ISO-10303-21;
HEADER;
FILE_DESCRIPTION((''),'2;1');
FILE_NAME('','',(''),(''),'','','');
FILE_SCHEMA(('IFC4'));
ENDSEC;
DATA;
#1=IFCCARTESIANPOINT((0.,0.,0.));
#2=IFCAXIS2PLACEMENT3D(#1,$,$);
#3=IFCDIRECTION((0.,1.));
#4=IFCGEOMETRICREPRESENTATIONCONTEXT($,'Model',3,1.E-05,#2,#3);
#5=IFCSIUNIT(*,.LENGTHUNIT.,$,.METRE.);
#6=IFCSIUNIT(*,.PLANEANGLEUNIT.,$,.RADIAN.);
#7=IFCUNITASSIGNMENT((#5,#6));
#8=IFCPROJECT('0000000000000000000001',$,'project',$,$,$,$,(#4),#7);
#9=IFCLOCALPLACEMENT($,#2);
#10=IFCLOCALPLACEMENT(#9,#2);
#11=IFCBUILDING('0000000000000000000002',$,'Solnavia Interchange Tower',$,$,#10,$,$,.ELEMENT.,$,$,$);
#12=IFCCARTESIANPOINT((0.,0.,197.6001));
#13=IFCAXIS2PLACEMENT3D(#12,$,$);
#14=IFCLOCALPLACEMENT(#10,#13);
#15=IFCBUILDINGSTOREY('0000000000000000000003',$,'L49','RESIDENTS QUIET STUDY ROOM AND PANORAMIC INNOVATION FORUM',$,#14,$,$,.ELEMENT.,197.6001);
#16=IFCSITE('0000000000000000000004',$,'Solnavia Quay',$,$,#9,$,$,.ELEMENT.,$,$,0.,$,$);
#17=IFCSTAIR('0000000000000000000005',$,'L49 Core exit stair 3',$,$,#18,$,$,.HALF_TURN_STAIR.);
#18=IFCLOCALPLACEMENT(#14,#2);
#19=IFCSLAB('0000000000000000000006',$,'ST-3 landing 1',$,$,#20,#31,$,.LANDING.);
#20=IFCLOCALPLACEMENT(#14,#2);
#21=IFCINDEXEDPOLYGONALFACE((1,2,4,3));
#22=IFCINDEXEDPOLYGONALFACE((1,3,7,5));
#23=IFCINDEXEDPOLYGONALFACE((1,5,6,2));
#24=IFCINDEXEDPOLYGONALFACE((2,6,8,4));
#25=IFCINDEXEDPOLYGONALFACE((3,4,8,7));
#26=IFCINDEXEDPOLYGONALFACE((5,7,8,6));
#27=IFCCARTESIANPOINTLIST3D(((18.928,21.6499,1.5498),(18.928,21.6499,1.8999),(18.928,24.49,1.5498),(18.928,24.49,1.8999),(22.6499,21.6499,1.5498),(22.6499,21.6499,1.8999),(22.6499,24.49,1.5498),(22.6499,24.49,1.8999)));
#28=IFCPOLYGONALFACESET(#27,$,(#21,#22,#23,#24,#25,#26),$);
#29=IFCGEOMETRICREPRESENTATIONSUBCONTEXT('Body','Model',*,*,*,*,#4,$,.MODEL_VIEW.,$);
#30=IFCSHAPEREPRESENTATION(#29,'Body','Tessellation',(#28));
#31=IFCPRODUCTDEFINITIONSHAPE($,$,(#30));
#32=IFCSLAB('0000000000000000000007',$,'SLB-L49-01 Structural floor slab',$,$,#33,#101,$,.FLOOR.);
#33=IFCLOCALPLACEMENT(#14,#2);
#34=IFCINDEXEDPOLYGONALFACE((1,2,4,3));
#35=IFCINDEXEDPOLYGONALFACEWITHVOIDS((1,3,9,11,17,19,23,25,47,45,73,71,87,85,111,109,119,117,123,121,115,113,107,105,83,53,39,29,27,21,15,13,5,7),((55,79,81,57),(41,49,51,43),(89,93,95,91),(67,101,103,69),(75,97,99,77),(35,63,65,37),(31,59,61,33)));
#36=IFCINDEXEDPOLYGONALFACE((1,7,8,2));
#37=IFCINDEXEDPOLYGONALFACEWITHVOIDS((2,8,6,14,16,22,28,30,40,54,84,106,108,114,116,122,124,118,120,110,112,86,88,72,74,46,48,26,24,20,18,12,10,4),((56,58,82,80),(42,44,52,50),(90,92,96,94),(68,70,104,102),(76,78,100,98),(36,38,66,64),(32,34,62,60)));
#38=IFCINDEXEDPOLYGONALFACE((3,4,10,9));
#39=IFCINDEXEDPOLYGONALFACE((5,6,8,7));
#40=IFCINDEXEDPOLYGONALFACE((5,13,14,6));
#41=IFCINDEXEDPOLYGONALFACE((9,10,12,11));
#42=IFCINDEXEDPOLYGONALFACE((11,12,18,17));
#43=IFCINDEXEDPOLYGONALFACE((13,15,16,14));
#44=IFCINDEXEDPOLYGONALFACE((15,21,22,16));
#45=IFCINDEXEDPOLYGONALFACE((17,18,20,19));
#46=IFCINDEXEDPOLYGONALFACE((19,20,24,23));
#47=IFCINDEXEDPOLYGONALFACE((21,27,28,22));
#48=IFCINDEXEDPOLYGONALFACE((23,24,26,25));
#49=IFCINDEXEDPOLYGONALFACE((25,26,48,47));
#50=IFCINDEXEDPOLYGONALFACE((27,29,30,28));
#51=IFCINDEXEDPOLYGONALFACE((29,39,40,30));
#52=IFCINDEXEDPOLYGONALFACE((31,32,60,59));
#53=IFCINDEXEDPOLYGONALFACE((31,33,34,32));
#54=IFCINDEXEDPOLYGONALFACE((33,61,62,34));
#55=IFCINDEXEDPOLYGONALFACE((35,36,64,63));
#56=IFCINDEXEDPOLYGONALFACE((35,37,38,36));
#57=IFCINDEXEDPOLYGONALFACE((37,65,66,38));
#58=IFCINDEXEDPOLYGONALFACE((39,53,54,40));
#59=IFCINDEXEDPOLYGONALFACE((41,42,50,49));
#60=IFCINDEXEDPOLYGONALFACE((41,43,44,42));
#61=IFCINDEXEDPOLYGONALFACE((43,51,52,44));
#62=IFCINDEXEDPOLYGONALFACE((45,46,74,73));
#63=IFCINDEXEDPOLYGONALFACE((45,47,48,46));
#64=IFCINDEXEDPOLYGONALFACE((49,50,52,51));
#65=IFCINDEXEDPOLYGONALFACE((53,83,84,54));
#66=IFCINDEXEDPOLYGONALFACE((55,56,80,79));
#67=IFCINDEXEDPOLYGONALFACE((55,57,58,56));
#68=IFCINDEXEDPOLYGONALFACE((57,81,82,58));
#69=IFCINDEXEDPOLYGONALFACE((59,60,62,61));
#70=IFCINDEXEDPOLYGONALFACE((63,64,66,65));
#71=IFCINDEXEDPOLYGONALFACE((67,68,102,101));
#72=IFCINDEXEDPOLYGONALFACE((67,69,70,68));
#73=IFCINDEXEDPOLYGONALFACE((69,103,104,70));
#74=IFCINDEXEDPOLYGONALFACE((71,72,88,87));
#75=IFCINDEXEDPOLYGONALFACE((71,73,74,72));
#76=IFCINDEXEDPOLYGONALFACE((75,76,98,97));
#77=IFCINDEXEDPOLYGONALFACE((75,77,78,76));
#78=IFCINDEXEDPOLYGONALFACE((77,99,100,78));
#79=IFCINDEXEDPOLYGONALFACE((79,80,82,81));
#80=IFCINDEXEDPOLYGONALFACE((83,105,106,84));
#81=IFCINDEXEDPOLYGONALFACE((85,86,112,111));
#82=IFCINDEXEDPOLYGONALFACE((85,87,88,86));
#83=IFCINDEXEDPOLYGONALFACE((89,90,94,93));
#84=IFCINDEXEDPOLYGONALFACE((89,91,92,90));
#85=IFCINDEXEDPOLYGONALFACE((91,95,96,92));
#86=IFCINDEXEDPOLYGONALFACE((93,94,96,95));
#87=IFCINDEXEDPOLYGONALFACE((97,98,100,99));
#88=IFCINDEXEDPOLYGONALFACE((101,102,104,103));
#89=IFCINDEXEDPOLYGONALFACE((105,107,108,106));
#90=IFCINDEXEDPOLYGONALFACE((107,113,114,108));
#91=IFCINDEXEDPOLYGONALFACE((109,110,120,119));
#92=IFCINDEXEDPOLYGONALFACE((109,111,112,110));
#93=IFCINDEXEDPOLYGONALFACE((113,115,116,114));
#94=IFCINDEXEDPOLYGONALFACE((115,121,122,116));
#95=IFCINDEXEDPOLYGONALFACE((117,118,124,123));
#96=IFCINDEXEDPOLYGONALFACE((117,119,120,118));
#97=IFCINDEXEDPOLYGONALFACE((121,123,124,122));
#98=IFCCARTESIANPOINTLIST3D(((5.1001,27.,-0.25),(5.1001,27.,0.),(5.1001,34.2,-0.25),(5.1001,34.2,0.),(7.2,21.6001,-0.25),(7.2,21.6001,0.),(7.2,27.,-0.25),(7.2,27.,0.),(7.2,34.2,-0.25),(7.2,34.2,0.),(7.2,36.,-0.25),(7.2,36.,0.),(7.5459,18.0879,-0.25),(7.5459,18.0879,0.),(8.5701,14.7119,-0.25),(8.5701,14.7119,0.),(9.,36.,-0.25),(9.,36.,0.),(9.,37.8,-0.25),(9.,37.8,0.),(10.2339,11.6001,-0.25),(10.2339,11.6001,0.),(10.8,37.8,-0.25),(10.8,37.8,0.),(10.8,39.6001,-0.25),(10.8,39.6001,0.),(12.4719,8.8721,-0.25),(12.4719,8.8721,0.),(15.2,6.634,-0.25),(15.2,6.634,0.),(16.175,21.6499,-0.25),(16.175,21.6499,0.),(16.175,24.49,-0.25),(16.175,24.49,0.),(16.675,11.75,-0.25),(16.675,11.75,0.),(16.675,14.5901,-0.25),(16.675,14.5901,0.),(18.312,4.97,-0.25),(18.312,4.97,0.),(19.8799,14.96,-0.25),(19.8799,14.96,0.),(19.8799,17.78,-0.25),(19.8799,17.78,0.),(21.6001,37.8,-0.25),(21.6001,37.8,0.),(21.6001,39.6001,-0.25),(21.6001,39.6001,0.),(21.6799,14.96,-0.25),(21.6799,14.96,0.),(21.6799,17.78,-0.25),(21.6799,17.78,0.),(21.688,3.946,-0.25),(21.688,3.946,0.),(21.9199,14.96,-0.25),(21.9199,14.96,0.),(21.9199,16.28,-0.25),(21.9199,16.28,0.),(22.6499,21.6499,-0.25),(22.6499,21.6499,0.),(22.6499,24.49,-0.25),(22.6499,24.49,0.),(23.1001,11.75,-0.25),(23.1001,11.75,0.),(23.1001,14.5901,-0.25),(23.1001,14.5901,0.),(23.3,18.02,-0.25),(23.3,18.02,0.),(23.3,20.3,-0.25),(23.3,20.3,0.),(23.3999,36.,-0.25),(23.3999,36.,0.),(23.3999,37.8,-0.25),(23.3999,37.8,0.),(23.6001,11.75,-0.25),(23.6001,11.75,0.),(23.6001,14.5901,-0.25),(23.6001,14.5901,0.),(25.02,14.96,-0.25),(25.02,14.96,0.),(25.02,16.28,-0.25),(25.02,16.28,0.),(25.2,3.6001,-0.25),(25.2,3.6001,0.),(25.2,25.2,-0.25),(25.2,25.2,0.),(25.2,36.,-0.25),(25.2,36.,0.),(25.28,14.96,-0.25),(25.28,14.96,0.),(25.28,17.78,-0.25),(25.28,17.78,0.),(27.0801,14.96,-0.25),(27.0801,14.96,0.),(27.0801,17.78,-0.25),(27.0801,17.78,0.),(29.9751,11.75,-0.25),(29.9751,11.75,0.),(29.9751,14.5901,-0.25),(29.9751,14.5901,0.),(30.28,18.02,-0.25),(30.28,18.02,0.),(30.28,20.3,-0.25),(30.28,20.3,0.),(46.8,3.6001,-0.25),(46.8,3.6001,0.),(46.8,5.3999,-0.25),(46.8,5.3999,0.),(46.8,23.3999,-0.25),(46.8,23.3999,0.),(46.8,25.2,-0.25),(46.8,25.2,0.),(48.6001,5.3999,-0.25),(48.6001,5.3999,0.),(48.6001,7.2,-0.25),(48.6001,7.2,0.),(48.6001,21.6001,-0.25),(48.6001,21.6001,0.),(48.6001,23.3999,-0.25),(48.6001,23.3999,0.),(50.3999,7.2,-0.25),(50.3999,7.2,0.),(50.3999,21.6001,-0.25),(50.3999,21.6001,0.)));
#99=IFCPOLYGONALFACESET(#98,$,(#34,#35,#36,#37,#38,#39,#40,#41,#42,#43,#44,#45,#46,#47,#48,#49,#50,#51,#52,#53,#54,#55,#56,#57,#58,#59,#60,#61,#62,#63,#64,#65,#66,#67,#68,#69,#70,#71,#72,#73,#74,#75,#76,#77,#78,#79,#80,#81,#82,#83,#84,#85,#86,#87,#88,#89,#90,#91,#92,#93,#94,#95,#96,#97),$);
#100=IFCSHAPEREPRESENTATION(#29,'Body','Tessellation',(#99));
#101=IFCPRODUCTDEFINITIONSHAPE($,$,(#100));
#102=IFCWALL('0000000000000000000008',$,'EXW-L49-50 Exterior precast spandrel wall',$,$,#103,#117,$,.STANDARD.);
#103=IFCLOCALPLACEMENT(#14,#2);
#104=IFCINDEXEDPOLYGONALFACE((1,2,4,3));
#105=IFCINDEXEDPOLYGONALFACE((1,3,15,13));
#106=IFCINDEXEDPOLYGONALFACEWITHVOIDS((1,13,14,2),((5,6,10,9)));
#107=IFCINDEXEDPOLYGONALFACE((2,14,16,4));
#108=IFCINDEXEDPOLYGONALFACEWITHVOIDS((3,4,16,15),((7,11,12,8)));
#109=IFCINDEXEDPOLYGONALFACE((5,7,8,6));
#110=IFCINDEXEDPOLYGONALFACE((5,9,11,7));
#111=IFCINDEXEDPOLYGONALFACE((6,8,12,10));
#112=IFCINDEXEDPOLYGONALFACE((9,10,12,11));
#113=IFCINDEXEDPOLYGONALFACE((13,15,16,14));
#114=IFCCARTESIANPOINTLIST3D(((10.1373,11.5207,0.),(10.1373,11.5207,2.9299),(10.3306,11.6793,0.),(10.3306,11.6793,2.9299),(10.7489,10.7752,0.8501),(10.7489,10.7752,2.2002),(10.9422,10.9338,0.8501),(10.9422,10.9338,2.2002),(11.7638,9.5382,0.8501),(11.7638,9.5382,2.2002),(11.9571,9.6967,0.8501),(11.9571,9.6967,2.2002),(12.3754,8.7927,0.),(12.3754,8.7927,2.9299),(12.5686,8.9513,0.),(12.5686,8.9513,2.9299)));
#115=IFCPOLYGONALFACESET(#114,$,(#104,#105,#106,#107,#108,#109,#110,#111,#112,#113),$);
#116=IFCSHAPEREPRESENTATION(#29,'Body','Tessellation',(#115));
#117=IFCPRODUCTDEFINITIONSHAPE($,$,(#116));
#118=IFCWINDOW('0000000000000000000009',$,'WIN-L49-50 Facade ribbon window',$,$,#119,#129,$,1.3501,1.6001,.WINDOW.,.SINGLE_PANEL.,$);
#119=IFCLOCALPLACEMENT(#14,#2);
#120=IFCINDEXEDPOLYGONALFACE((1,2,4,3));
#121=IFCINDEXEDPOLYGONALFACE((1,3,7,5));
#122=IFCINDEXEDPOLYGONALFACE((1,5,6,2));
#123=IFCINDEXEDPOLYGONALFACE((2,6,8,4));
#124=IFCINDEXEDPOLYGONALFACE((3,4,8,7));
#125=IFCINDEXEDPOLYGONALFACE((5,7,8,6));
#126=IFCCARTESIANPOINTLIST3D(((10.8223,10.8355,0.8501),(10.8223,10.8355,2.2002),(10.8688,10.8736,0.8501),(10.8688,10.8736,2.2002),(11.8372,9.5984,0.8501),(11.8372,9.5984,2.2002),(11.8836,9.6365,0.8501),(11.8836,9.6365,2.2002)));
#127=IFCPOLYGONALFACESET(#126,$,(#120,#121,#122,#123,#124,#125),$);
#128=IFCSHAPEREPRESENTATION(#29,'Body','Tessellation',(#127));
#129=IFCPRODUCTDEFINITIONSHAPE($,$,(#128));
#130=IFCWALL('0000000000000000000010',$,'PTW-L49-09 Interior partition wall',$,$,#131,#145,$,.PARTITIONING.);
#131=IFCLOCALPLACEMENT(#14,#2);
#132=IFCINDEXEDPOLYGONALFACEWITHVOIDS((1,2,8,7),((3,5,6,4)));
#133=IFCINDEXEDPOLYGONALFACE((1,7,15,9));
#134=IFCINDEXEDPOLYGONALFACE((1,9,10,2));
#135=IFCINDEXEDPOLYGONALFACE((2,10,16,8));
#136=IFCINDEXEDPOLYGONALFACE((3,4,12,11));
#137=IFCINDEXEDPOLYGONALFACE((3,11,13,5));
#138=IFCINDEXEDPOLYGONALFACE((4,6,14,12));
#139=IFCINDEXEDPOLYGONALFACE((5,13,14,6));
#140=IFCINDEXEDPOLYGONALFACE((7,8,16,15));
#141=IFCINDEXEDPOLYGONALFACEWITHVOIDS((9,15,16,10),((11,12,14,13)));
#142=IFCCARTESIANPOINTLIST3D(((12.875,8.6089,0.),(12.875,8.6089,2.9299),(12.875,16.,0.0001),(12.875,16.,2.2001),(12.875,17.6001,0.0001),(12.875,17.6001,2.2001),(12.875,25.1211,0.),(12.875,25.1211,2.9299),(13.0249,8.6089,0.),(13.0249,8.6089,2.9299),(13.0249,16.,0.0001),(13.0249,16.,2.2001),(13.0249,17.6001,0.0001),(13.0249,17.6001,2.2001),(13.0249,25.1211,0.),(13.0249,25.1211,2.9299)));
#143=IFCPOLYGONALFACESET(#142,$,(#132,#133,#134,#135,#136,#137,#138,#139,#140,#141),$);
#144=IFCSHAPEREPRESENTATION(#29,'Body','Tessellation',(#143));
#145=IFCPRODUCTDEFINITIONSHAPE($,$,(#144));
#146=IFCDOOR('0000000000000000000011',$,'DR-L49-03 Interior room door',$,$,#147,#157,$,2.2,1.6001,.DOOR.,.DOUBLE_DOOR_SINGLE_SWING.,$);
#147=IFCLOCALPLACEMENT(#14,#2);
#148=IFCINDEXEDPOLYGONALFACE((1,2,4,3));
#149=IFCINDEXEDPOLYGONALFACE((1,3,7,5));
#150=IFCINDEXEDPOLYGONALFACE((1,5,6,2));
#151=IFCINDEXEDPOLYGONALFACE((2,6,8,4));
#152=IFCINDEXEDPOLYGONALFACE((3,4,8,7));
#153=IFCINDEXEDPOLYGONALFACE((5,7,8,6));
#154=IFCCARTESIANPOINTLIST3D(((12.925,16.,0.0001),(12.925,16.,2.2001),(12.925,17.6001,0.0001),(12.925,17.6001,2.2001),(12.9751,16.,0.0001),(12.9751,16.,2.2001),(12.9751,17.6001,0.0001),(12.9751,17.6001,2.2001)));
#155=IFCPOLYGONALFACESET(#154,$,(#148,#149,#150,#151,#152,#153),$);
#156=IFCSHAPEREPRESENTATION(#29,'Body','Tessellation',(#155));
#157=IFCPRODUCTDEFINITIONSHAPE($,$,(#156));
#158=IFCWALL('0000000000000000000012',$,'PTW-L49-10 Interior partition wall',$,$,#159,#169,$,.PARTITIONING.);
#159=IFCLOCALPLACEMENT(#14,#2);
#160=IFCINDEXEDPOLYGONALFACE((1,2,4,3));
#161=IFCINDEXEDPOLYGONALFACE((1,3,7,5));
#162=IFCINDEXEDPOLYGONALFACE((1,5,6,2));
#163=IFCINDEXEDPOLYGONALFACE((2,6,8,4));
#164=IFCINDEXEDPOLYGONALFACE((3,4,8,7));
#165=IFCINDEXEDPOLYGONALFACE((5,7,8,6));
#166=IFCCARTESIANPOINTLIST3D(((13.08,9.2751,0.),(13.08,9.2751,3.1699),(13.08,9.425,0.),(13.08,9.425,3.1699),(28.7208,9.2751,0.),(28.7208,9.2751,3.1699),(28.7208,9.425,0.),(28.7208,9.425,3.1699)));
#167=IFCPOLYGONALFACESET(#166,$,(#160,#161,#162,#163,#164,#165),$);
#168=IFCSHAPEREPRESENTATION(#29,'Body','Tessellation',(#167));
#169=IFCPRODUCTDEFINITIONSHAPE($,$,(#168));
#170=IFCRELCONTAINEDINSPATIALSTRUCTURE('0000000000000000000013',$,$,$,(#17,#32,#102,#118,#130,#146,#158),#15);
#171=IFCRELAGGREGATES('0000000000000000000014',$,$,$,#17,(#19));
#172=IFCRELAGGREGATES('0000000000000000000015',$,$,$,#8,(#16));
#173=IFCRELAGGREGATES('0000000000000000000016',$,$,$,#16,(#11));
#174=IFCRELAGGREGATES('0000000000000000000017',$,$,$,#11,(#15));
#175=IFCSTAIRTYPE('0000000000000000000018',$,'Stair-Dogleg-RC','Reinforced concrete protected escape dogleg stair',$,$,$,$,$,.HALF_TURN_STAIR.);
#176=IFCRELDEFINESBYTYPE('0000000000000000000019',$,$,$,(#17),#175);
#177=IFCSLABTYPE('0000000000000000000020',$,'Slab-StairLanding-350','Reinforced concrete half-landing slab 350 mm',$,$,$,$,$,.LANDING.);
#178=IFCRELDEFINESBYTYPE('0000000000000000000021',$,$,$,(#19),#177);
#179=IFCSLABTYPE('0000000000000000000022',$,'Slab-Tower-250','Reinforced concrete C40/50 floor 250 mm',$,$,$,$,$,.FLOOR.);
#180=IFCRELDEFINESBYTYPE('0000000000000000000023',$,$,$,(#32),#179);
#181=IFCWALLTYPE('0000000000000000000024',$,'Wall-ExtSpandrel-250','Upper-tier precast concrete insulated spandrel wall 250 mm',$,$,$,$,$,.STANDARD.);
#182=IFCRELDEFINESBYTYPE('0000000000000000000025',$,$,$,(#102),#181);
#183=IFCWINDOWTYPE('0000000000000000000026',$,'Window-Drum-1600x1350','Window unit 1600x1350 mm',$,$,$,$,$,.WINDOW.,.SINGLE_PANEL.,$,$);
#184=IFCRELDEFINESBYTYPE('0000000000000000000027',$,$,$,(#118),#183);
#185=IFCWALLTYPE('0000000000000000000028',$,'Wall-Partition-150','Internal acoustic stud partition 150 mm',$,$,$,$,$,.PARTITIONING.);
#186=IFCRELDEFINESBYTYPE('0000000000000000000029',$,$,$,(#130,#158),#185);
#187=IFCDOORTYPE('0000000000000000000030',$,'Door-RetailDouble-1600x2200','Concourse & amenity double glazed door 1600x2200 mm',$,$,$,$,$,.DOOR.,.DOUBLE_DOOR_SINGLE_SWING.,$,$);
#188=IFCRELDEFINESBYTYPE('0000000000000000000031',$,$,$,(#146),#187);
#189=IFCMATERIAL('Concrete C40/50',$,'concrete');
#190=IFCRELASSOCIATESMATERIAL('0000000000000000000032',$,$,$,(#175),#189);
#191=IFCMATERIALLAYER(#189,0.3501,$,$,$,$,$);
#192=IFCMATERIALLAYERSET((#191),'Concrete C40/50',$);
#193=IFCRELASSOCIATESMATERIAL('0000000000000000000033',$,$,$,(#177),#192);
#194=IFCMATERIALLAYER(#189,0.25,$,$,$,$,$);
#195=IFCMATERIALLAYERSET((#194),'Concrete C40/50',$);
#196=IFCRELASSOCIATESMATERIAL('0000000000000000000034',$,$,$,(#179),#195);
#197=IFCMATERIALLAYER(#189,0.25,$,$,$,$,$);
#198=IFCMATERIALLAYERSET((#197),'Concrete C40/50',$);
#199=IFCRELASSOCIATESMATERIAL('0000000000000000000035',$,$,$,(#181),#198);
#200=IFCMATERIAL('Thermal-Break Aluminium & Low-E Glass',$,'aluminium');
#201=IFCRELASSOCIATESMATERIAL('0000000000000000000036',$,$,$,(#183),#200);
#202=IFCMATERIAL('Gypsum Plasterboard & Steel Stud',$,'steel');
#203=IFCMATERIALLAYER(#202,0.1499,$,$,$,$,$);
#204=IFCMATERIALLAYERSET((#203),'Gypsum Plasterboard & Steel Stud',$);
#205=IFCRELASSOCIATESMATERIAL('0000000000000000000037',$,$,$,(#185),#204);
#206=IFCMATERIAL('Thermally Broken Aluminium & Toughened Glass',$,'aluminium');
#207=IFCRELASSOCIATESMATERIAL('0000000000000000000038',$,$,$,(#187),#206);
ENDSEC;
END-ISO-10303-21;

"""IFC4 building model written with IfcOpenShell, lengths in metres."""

from ifc_helpers import new_model, si_unit, direction, frame, frame_2d, origin, place, context, subcontext, project, spatial, polyline, rectangle, outline, extrude, material, layer, layer_set, type_object, element, fill, aggregate, save


model = new_model("IFC4")

# Units and contexts
model_context = context("Model", 3, precision=1e-05, world=origin(), true_north=direction((0.0, 1.0)))
body_context = subcontext(model_context, "Body", "Model", "MODEL_VIEW")
ifc_project = project(units=[si_unit("LENGTHUNIT", "METRE"), si_unit("PLANEANGLEUNIT", "RADIAN")], contexts=[model_context])

# Site, building, storey
site_placement = place(None, origin())
site = spatial("IfcSite", under=ifc_project, at=site_placement, Name="Solnavia Quay", CompositionType="ELEMENT", RefElevation=0.0)
building_placement = place(site_placement, origin())
building = spatial("IfcBuilding", under=site, at=building_placement, Name="Solnavia Interchange Tower", CompositionType="ELEMENT")
storey_placement = place(building_placement, frame((0.0, 0.0, 197.6001)))
storey = spatial("IfcBuildingStorey", under=building, at=storey_placement, Name="L49", Description="RESIDENTS QUIET STUDY ROOM AND PANORAMIC INNOVATION FORUM", CompositionType="ELEMENT", Elevation=197.6001)

# Stair, slab
ifc_material_1 = material(Name="Concrete C40/50", Category="concrete")
stair_type = type_object("IfcStairType", Name="Stair-Dogleg-RC", Description="Reinforced concrete protected escape dogleg stair", PredefinedType="HALF_TURN_STAIR", material=ifc_material_1)
ifc_layer_1 = layer(ifc_material_1, 0.3501)
ifc_layer_set_1 = layer_set([ifc_layer_1], Name="Concrete C40/50")
slab_type_1 = type_object("IfcSlabType", Name="Slab-StairLanding-350", Description="Reinforced concrete half-landing slab 350 mm", PredefinedType="LANDING", material=ifc_layer_set_1)
stair_1_placement = place(storey_placement, origin())
stair_1 = element("IfcStair", 1, at=stair_1_placement, inside=storey, type_object=stair_type, Name="L49 Core exit stair 3", PredefinedType="HALF_TURN_STAIR")
slab_1_placement = place(storey_placement, frame((0.0, 0.0, 1.5498)))
slab_1 = element("IfcSlab", 2, at=slab_1_placement, type_object=slab_type_1, Name="ST-3 landing 1", PredefinedType="LANDING", context=body_context, shape_type="SweptSolid", body=[
    extrude(outline(polyline([(18.928, 21.6499), (22.6499, 21.6499), (22.6499, 24.49), (18.928, 24.49), (18.928, 21.6499)])), origin(), (0.0, 0.0, 1.0), 0.3501),
])
aggregate(stair_1, [slab_1])

# Slab
ifc_layer_2 = layer(ifc_material_1, 0.25)
ifc_layer_set_2 = layer_set([ifc_layer_2], Name="Concrete C40/50")
slab_type_2 = type_object("IfcSlabType", Name="Slab-Tower-250", Description="Reinforced concrete C40/50 floor 250 mm", PredefinedType="FLOOR", material=ifc_layer_set_2)
slab_2_placement = place(storey_placement, frame((0.0, 0.0, -0.25)))
element("IfcSlab", 3, at=slab_2_placement, inside=storey, type_object=slab_type_2, Name="SLB-L49-01 Structural floor slab", PredefinedType="FLOOR", context=body_context, shape_type="SweptSolid", body=[
    extrude(outline(polyline([(25.2, 3.6001), (46.8, 3.6001), (46.8, 5.3999), (48.6001, 5.3999), (48.6001, 7.2), (50.3999, 7.2), (50.3999, 21.6001), (48.6001, 21.6001), (48.6001, 23.3999), (46.8, 23.3999), (46.8, 25.2), (25.2, 25.2), (25.2, 36.0), (23.3999, 36.0), (23.3999, 37.8), (21.6001, 37.8), (21.6001, 39.6001), (10.8, 39.6001), (10.8, 37.8), (9.0, 37.8), (9.0, 36.0), (7.2, 36.0), (7.2, 34.2), (5.1001, 34.2), (5.1001, 27.0), (7.2, 27.0), (7.2, 21.6001), (7.5459, 18.0879), (8.5701, 14.7119), (10.2339, 11.6001), (12.4719, 8.8721), (15.2, 6.634), (18.312, 4.97), (21.688, 3.946), (25.2, 3.6001)]), holes=[polyline([(16.675, 11.75), (23.1001, 11.75), (23.1001, 14.5901), (16.675, 14.5901), (16.675, 11.75)]), polyline([(23.6001, 11.75), (29.9751, 11.75), (29.9751, 14.5901), (23.6001, 14.5901), (23.6001, 11.75)]), polyline([(16.175, 21.6499), (22.6499, 21.6499), (22.6499, 24.49), (16.175, 24.49), (16.175, 21.6499)]), polyline([(19.8799, 14.96), (21.6799, 14.96), (21.6799, 17.78), (19.8799, 17.78), (19.8799, 14.96)]), polyline([(25.28, 14.96), (27.0801, 14.96), (27.0801, 17.78), (25.28, 17.78), (25.28, 14.96)]), polyline([(21.9199, 14.96), (25.02, 14.96), (25.02, 16.28), (21.9199, 16.28), (21.9199, 14.96)]), polyline([(23.3, 18.02), (30.28, 18.02), (30.28, 20.3), (23.3, 20.3), (23.3, 18.02)])]), origin(), (0.0, 0.0, 1.0), 0.25),
])

# Wall, opening, window
ifc_layer_3 = layer(ifc_material_1, 0.25)
ifc_layer_set_3 = layer_set([ifc_layer_3], Name="Concrete C40/50")
wall_type_1 = type_object("IfcWallType", Name="Wall-ExtSpandrel-250", Description="Upper-tier precast concrete insulated spandrel wall 250 mm", PredefinedType="STANDARD", material=ifc_layer_set_3)
wall_1_placement = place(storey_placement, frame((12.4719, 8.8721, 0.0), z_axis=(0.0, 0.0, 1.0), x_axis=(-0.634258, 0.773121, 0.0)))
wall_1 = element("IfcWall", 4, at=wall_1_placement, inside=storey, type_object=wall_type_1, Name="EXW-L49-50 Exterior precast spandrel wall", PredefinedType="STANDARD", context=body_context, shape_type="SweptSolid", body=[
    extrude(rectangle(XDim=3.5286, YDim=0.25, at=frame_2d((1.7642, 0.0))), origin(), (0.0, 0.0, 1.0), 2.9299),
])
opening_1_placement = place(wall_1_placement, frame((0.9641, 0.0, 0.8501)))
opening_1 = element("IfcOpeningElement", 5, at=opening_1_placement, cuts=wall_1, PredefinedType="OPENING", context=body_context, shape_type="SweptSolid", body=[
    extrude(rectangle(XDim=1.6001, YDim=1.3501, at=frame_2d((0.8, 0.675))), frame((0.0, 0.135, 0.0), z_axis=(0.0, -1.0, 0.0), x_axis=(1.0, 0.0, 0.0)), (0.0, 0.0, 1.0), 0.27),
])
ifc_material_2 = material(Name="Thermal-Break Aluminium & Low-E Glass", Category="aluminium")
window_type = type_object("IfcWindowType", Name="Window-Drum-1600x1350", Description="Window unit 1600x1350 mm", PartitioningType="SINGLE_PANEL", PredefinedType="WINDOW", material=ifc_material_2)
window_placement = place(opening_1_placement, origin())
window = element("IfcWindow", 6, at=window_placement, inside=storey, type_object=window_type, Name="WIN-L49-50 Facade ribbon window", OverallHeight=1.3501, OverallWidth=1.6001, PartitioningType="SINGLE_PANEL", PredefinedType="WINDOW", context=body_context, shape_type="SweptSolid", body=[
    extrude(rectangle(XDim=1.6001, YDim=1.3501, at=frame_2d((0.8, 0.675))), frame((0.0, 0.03, 0.0), z_axis=(0.0, -1.0, 0.0), x_axis=(1.0, 0.0, 0.0)), (0.0, 0.0, 1.0), 0.0601),
])
fill(opening_1, window)

# Wall, opening, door
ifc_material_3 = material(Name="Gypsum Plasterboard & Steel Stud", Category="steel")
ifc_layer_4 = layer(ifc_material_3, 0.1499)
ifc_layer_set_4 = layer_set([ifc_layer_4], Name="Gypsum Plasterboard & Steel Stud")
wall_type_2 = type_object("IfcWallType", Name="Wall-Partition-150", Description="Internal acoustic stud partition 150 mm", PredefinedType="PARTITIONING", material=ifc_layer_set_4)
wall_2_placement = place(storey_placement, frame((12.95, 8.6089, 0.0), z_axis=(0.0, 0.0, 1.0), x_axis=(0.0, 1.0, 0.0)))
wall_2 = element("IfcWall", 7, at=wall_2_placement, inside=storey, type_object=wall_type_2, Name="PTW-L49-09 Interior partition wall", PredefinedType="PARTITIONING", context=body_context, shape_type="SweptSolid", body=[
    extrude(rectangle(XDim=16.5122, YDim=0.1499, at=frame_2d((8.2561, 0.0))), origin(), (0.0, 0.0, 1.0), 2.9299),
])
opening_2_placement = place(wall_2_placement, frame((7.3911, 0.0, 0.0)))
opening_2 = element("IfcOpeningElement", 8, at=opening_2_placement, cuts=wall_2, PredefinedType="OPENING", context=body_context, shape_type="SweptSolid", body=[
    extrude(rectangle(XDim=1.6001, YDim=2.2, at=frame_2d((0.8, 1.1001))), frame((0.0, 0.085, 0.0), z_axis=(0.0, -1.0, 0.0), x_axis=(1.0, 0.0, 0.0)), (0.0, 0.0, 1.0), 0.1699),
])
ifc_material_4 = material(Name="Thermally Broken Aluminium & Toughened Glass", Category="aluminium")
door_type_1 = type_object("IfcDoorType", Name="Door-RetailDouble-1600x2200", Description="Concourse & amenity double glazed door 1600x2200 mm", OperationType="DOUBLE_DOOR_SINGLE_SWING", PredefinedType="DOOR", material=ifc_material_4)
door_1_placement = place(opening_2_placement, origin())
door_1 = element("IfcDoor", 9, at=door_1_placement, inside=storey, type_object=door_type_1, Name="DR-L49-03 Interior room door", OperationType="DOUBLE_DOOR_SINGLE_SWING", OverallHeight=2.2, OverallWidth=1.6001, PredefinedType="DOOR", context=body_context, shape_type="SweptSolid", body=[
    extrude(rectangle(XDim=1.6001, YDim=2.2, at=frame_2d((0.8, 1.1001))), frame((0.0, 0.0249, 0.0), z_axis=(0.0, -1.0, 0.0), x_axis=(1.0, 0.0, 0.0)), (0.0, 0.0, 1.0), 0.05),
])
fill(opening_2, door_1)

# Wall
wall_3_placement = place(storey_placement, frame((13.0801, 9.3501, 0.0), z_axis=(0.0, 0.0, 1.0), x_axis=(1.0, 0.0, 0.0)))
element("IfcWall", 10, at=wall_3_placement, inside=storey, type_object=wall_type_2, Name="PTW-L49-10 Interior partition wall", PredefinedType="PARTITIONING", context=body_context, shape_type="SweptSolid", body=[
    extrude(rectangle(XDim=15.6409, YDim=0.1499, at=frame_2d((7.8203, 0.0))), origin(), (0.0, 0.0, 1.0), 3.1699),
])

save(model, "model.ifc")
